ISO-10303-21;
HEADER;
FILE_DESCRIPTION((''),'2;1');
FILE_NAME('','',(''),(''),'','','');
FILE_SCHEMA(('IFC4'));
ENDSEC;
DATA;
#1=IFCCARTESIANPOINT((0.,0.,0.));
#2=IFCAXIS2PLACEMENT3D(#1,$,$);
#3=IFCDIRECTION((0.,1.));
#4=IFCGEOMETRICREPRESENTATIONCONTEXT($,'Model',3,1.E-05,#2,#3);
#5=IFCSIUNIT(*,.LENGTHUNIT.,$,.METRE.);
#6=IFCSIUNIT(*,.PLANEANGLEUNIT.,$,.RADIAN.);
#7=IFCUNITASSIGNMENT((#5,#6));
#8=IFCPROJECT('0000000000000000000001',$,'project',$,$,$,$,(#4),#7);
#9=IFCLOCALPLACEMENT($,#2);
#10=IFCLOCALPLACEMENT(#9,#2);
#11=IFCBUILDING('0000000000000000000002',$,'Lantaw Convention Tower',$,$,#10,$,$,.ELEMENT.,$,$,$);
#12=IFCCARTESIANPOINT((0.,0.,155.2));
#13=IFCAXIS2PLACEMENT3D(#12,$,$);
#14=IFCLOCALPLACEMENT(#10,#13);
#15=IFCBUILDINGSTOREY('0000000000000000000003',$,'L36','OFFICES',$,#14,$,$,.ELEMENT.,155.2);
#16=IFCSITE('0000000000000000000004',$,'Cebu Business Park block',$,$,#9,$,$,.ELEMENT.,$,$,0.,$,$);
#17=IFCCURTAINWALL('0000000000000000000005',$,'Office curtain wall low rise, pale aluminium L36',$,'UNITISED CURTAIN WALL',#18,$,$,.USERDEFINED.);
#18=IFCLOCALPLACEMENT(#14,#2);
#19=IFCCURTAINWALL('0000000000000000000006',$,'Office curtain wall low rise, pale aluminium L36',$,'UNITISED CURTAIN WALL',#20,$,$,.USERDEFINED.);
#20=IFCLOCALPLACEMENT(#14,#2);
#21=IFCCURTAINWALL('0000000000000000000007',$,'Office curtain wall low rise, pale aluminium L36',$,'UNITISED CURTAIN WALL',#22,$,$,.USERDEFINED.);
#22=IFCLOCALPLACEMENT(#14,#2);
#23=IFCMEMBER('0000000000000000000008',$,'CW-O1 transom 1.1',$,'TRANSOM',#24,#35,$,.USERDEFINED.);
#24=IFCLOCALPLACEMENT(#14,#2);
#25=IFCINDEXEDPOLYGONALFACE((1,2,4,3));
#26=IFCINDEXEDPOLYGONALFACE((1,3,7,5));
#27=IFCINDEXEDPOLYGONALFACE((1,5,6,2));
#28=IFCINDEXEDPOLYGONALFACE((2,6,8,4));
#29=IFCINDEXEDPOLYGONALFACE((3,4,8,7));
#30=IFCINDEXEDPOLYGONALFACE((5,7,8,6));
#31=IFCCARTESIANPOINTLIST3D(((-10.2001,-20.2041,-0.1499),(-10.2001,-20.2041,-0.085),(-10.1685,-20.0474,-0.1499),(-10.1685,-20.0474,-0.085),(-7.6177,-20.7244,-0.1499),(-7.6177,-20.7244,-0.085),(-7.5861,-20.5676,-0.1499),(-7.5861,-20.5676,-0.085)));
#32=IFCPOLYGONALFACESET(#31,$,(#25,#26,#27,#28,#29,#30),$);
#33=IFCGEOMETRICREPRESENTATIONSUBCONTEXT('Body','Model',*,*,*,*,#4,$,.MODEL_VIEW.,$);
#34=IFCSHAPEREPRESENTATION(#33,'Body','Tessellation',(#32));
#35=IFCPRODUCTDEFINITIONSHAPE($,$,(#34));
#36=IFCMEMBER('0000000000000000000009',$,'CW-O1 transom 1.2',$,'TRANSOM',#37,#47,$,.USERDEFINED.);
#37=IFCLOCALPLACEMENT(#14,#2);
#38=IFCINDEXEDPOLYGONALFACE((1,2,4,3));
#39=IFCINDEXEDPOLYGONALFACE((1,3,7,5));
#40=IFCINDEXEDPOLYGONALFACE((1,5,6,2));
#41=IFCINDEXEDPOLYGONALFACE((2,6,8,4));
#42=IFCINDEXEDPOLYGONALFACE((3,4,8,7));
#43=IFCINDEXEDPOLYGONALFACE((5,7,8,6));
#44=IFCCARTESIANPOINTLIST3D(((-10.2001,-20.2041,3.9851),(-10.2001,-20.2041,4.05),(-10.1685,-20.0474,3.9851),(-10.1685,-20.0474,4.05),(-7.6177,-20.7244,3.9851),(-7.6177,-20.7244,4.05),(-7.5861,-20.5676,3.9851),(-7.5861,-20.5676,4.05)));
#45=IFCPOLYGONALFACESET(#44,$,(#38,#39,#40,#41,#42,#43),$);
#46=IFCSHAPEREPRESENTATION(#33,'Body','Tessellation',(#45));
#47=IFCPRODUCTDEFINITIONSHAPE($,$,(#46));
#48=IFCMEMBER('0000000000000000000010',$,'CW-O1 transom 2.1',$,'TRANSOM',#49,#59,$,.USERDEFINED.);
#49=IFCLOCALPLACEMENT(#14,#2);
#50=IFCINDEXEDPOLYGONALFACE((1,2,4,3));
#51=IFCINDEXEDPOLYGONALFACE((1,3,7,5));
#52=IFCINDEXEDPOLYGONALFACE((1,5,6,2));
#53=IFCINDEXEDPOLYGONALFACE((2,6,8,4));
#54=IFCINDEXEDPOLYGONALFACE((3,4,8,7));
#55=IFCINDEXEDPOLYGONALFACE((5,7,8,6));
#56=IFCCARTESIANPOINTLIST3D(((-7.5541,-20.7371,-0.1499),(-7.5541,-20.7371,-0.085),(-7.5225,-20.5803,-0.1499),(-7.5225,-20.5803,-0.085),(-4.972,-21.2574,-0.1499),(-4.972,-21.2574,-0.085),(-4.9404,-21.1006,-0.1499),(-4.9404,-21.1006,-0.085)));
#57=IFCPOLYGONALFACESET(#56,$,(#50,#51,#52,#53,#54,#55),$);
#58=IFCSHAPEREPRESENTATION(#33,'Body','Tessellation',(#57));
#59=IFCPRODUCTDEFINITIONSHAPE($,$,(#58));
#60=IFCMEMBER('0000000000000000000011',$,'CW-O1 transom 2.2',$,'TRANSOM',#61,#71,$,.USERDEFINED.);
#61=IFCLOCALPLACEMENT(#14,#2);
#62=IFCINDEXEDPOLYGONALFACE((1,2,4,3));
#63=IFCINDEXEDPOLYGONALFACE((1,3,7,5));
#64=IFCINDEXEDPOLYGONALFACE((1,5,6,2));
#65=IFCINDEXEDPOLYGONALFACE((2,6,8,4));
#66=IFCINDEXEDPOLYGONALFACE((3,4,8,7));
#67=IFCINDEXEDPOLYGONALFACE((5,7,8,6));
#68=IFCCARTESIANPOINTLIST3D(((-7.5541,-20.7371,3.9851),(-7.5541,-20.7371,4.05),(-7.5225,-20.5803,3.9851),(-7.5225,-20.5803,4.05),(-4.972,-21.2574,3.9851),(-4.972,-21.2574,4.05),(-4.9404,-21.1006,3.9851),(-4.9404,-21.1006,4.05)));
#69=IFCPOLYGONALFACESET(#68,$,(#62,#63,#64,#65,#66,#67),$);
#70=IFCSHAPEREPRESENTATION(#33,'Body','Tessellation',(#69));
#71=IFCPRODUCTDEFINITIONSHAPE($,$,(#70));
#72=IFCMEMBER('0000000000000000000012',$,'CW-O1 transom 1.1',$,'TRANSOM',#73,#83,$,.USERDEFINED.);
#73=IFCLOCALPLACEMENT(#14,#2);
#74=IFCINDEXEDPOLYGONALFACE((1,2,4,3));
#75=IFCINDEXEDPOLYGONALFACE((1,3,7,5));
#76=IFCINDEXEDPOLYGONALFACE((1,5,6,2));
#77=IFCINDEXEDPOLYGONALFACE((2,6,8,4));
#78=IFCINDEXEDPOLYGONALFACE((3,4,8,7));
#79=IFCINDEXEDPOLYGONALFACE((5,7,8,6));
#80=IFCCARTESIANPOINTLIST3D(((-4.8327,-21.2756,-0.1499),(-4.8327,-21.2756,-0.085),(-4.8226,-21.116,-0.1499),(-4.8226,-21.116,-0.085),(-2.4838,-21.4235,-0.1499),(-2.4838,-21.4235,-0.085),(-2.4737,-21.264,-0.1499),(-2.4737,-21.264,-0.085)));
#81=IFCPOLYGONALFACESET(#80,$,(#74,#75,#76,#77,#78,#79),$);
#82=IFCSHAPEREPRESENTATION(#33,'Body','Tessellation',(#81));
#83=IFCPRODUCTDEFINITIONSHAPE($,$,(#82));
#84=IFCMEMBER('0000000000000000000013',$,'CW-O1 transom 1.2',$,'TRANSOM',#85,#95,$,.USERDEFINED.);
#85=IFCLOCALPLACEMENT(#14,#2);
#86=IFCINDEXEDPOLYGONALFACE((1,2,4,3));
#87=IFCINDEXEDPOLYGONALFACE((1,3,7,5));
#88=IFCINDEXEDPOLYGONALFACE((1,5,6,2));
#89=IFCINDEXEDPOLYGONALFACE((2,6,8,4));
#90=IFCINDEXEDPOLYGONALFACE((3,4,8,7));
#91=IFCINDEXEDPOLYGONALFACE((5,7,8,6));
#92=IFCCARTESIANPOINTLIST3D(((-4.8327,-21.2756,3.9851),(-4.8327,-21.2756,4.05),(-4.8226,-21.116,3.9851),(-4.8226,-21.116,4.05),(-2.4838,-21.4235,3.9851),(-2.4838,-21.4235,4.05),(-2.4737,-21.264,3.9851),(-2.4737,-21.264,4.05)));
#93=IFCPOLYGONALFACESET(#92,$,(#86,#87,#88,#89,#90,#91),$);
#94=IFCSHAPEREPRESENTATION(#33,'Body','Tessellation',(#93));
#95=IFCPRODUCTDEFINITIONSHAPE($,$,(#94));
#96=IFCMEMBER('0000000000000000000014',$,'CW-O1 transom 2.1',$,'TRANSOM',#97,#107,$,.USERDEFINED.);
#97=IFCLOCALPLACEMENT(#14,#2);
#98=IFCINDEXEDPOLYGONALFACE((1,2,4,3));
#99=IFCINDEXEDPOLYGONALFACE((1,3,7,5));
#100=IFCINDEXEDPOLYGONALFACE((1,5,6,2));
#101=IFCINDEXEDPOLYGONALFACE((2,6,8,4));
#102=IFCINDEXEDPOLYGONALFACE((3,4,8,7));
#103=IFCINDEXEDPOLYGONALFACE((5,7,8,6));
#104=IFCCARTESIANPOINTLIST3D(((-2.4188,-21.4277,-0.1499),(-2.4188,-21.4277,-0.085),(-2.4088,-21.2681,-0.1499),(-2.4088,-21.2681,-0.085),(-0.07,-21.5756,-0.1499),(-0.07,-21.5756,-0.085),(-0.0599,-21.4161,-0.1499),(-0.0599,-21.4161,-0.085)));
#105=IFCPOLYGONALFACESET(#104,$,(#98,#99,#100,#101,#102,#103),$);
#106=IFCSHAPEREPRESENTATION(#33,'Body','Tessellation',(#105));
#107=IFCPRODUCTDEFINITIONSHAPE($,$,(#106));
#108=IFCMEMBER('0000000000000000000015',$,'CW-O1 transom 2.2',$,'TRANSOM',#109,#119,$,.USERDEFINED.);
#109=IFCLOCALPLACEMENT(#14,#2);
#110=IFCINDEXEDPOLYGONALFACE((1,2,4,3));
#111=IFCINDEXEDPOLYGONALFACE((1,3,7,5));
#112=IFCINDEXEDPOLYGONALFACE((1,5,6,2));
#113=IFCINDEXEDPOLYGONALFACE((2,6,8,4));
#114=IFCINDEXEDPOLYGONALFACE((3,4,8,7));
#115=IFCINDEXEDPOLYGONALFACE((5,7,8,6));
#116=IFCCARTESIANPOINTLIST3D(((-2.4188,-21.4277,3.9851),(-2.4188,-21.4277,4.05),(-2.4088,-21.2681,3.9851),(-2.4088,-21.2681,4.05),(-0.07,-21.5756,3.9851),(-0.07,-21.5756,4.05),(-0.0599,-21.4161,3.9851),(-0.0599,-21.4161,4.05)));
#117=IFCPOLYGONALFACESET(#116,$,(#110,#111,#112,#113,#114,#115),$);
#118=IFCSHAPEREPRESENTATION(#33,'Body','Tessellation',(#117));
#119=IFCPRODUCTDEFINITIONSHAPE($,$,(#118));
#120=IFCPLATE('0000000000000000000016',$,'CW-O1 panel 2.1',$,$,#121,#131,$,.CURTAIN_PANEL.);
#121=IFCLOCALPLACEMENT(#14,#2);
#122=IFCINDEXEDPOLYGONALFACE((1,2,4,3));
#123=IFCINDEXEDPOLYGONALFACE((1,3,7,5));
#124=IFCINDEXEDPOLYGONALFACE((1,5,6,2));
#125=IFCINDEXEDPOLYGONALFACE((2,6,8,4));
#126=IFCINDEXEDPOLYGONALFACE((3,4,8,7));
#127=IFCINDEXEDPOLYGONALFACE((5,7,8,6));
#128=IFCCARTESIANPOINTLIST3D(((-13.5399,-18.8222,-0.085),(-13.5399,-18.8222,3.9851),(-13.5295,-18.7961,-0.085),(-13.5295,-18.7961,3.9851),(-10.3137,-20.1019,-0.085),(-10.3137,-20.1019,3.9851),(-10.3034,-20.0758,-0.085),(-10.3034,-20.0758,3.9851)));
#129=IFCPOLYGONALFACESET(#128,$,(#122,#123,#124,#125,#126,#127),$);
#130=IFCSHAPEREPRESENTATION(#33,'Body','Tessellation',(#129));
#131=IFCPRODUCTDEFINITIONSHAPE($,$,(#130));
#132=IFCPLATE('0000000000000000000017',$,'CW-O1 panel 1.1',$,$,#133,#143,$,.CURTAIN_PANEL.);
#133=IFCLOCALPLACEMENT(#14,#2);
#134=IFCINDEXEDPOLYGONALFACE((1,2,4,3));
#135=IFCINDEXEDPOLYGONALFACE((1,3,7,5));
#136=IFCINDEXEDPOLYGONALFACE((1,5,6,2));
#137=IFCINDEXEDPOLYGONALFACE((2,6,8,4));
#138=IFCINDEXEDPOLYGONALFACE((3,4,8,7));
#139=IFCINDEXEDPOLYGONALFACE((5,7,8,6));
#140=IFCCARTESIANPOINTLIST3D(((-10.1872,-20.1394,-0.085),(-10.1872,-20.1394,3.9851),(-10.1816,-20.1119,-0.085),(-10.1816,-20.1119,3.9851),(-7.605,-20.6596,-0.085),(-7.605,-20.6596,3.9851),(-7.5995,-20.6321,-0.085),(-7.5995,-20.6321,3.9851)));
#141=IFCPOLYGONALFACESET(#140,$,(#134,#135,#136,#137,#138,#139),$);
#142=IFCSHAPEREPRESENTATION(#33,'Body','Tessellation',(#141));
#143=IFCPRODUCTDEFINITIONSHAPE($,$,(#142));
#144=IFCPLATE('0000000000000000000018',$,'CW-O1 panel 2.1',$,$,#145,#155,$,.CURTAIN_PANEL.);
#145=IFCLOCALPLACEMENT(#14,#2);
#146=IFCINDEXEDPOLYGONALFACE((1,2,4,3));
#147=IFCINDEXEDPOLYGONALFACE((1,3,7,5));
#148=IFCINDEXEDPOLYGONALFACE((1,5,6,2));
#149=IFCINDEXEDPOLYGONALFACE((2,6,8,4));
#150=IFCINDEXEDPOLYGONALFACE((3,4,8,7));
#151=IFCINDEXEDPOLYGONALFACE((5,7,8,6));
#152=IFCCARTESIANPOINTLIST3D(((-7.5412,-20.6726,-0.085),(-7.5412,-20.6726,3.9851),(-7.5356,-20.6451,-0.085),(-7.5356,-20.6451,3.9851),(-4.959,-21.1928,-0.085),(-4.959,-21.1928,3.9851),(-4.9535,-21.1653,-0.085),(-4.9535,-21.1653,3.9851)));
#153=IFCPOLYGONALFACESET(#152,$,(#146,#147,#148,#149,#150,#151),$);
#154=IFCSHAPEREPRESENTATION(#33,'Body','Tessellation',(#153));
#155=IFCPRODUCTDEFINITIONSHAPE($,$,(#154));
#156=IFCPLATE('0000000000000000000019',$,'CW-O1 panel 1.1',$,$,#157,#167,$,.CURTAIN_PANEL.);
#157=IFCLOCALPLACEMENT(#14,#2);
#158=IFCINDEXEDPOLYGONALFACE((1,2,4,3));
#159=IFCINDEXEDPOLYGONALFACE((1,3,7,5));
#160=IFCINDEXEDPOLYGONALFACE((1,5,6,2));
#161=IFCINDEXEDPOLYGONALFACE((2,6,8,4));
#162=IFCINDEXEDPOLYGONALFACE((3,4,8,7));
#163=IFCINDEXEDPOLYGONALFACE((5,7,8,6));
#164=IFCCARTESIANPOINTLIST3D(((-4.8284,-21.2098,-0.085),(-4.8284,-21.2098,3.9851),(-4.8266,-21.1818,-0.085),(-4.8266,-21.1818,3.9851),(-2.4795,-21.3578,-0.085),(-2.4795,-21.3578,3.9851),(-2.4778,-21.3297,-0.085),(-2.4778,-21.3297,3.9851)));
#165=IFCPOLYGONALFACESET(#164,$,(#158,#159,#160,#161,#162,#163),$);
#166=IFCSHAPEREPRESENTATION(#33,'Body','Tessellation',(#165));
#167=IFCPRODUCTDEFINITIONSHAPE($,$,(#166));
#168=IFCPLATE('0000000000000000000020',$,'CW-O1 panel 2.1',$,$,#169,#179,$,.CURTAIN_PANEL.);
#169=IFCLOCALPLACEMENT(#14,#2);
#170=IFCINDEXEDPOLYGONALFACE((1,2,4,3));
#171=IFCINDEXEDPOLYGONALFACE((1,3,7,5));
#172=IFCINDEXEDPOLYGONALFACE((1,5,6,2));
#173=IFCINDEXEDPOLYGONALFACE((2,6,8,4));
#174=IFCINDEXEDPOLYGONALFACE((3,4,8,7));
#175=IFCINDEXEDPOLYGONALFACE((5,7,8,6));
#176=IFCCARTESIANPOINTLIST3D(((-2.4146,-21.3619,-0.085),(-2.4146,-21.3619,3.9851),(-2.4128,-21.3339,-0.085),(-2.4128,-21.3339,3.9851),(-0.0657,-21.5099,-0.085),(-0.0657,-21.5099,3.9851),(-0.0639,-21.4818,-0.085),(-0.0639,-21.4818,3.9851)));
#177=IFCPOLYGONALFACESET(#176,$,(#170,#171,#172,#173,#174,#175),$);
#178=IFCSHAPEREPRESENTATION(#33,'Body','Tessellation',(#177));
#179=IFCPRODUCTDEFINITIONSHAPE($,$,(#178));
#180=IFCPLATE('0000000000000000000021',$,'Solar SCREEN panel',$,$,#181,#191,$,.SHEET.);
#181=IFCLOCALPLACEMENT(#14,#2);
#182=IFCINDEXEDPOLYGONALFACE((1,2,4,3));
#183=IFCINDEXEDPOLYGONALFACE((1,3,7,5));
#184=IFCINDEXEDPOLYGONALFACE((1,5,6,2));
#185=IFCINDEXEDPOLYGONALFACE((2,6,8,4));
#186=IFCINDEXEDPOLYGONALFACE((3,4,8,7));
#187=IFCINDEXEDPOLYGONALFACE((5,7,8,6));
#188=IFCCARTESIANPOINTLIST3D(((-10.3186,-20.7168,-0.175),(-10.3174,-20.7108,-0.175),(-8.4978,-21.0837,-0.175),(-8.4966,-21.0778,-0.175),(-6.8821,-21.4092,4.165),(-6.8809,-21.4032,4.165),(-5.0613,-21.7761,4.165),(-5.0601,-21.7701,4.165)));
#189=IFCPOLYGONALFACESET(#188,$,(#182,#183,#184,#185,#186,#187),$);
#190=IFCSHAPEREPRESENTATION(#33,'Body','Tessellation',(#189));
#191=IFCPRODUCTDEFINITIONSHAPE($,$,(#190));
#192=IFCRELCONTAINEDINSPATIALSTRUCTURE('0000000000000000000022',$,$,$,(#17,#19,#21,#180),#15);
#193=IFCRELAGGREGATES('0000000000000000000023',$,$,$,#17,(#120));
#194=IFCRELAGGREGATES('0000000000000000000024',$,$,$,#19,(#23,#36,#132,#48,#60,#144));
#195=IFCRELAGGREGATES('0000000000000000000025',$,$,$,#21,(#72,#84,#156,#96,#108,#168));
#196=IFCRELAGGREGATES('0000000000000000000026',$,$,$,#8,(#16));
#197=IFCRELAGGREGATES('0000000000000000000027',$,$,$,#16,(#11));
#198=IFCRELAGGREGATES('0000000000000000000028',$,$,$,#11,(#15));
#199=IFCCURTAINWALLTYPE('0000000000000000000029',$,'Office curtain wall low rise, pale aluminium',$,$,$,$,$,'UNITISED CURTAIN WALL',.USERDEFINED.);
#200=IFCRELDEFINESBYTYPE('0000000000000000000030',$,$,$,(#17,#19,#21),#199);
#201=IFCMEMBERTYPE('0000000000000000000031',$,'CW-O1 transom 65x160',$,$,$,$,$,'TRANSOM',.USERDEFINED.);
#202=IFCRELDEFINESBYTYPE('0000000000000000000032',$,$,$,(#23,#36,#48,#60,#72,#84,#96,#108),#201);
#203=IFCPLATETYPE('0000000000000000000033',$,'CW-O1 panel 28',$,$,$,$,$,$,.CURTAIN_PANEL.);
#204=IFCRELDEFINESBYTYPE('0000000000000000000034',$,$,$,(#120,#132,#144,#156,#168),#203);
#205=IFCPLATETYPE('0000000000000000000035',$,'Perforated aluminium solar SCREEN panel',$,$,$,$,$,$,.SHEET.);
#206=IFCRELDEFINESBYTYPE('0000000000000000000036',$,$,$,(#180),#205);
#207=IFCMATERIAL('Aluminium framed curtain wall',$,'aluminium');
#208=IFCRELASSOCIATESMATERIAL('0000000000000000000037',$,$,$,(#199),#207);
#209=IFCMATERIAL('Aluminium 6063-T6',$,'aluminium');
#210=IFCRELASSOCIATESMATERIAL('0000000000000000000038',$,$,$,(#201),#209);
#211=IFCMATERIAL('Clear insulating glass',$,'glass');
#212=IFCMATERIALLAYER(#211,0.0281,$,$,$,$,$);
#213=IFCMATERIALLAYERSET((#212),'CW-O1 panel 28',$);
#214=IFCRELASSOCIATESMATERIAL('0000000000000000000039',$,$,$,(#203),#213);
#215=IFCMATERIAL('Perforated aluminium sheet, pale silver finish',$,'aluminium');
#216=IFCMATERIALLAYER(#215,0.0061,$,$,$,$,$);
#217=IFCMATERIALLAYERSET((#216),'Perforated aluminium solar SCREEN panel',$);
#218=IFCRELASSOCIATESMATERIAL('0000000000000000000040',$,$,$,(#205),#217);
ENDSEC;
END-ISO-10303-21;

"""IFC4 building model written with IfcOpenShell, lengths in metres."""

from ifc_helpers import new_model, si_unit, direction, frame, origin, origin_2d, place, context, subcontext, project, spatial, polyline, rectangle, outline, extrude, material, layer, layer_set, material_profile, profile_set, type_object, element, aggregate, save


model = new_model("IFC4")

# Units and contexts
model_context = context("Model", 3, precision=1e-05, world=origin(), true_north=direction((0.0, 1.0)))
body_context = subcontext(model_context, "Body", "Model", "MODEL_VIEW")
ifc_project = project(units=[si_unit("LENGTHUNIT", "METRE"), si_unit("PLANEANGLEUNIT", "RADIAN")], contexts=[model_context])

# Site, building, storey
site_placement = place(None, origin())
site = spatial("IfcSite", under=ifc_project, at=site_placement, Name="Cebu Business Park block", CompositionType="ELEMENT", RefElevation=0.0)
building_placement = place(site_placement, origin())
building = spatial("IfcBuilding", under=site, at=building_placement, Name="Lantaw Convention Tower", CompositionType="ELEMENT")
storey_placement = place(building_placement, frame((0.0, 0.0, 155.2)))
storey = spatial("IfcBuildingStorey", under=building, at=storey_placement, Name="L36", Description="OFFICES", CompositionType="ELEMENT", Elevation=155.2)

# Curtain wall
ifc_material_1 = material(Name="Aluminium framed curtain wall", Category="aluminium")
curtain_wall_type = type_object("IfcCurtainWallType", Name="Office curtain wall low rise, pale aluminium", ElementType="UNITISED CURTAIN WALL", PredefinedType="USERDEFINED", material=ifc_material_1)
curtain_wall_1_placement = place(storey_placement, origin())
curtain_wall_1 = element("IfcCurtainWall", 1, at=curtain_wall_1_placement, inside=storey, type_object=curtain_wall_type, Name="Office curtain wall low rise, pale aluminium L36", ObjectType="UNITISED CURTAIN WALL", PredefinedType="USERDEFINED")
ifc_material_2 = material(Name="Aluminium 6063-T6", Category="aluminium")

# Curtain walls
curtain_wall_2_placement = place(storey_placement, origin())
curtain_wall_2 = element("IfcCurtainWall", 2, at=curtain_wall_2_placement, inside=storey, type_object=curtain_wall_type, Name="Office curtain wall low rise, pale aluminium L36", ObjectType="UNITISED CURTAIN WALL", PredefinedType="USERDEFINED")
curtain_wall_3_placement = place(storey_placement, origin())
curtain_wall_3 = element("IfcCurtainWall", 3, at=curtain_wall_3_placement, inside=storey, type_object=curtain_wall_type, Name="Office curtain wall low rise, pale aluminium L36", ObjectType="UNITISED CURTAIN WALL", PredefinedType="USERDEFINED")

# Members
ifc_material_profile_1 = material_profile(ifc_material_2, rectangle(XDim=0.1599, YDim=0.0649, at=origin_2d()), Name="CW-O1 transom 65x160")
ifc_profile_set_1 = profile_set([ifc_material_profile_1], Name="Aluminium 6063-T6")
member_type_1 = type_object("IfcMemberType", Name="CW-O1 transom 65x160", ElementType="TRANSOM", PredefinedType="USERDEFINED", material=ifc_profile_set_1)
member_1_placement = place(storey_placement, frame((-10.1843, -20.1257, -0.1174), z_axis=(0.980302, -0.197506, 0.0), x_axis=(0.197506, 0.980302, 0.0)))
member_1 = element("IfcMember", 4, at=member_1_placement, type_object=member_type_1, Name="CW-O1 transom 1.1", ObjectType="TRANSOM", PredefinedType="USERDEFINED", context=body_context, shape_type="SweptSolid", body=[
    extrude(rectangle(XDim=0.1599, YDim=0.0649, at=origin_2d()), origin(), (0.0, 0.0, 1.0), 2.6343),
])
member_2_placement = place(storey_placement, frame((-10.1843, -20.1257, 4.0176), z_axis=(0.980302, -0.197506, 0.0), x_axis=(0.197506, 0.980302, 0.0)))
member_2 = element("IfcMember", 5, at=member_2_placement, type_object=member_type_1, Name="CW-O1 transom 1.2", ObjectType="TRANSOM", PredefinedType="USERDEFINED", context=body_context, shape_type="SweptSolid", body=[
    extrude(rectangle(XDim=0.1599, YDim=0.0649, at=origin_2d()), origin(), (0.0, 0.0, 1.0), 2.6343),
])
member_3_placement = place(storey_placement, frame((-7.5383, -20.6587, -0.1174), z_axis=(0.980298, -0.197524, 0.0), x_axis=(0.197524, 0.980298, 0.0)))
member_3 = element("IfcMember", 6, at=member_3_placement, type_object=member_type_1, Name="CW-O1 transom 2.1", ObjectType="TRANSOM", PredefinedType="USERDEFINED", context=body_context, shape_type="SweptSolid", body=[
    extrude(rectangle(XDim=0.1599, YDim=0.0649, at=origin_2d()), origin(), (0.0, 0.0, 1.0), 2.634),
])
member_4_placement = place(storey_placement, frame((-7.5383, -20.6587, 4.0176), z_axis=(0.980298, -0.197524, 0.0), x_axis=(0.197524, 0.980298, 0.0)))
member_4 = element("IfcMember", 7, at=member_4_placement, type_object=member_type_1, Name="CW-O1 transom 2.2", ObjectType="TRANSOM", PredefinedType="USERDEFINED", context=body_context, shape_type="SweptSolid", body=[
    extrude(rectangle(XDim=0.1599, YDim=0.0649, at=origin_2d()), origin(), (0.0, 0.0, 1.0), 2.634),
])
member_5_placement = place(storey_placement, frame((-4.8276, -21.1958, -0.1174), z_axis=(0.998022, -0.062863, 0.0), x_axis=(0.062863, 0.998022, 0.0)))
member_5 = element("IfcMember", 8, at=member_5_placement, type_object=member_type_1, Name="CW-O1 transom 1.1", ObjectType="TRANSOM", PredefinedType="USERDEFINED", context=body_context, shape_type="SweptSolid", body=[
    extrude(rectangle(XDim=0.1599, YDim=0.0649, at=origin_2d()), origin(), (0.0, 0.0, 1.0), 2.3535),
])
member_6_placement = place(storey_placement, frame((-4.8276, -21.1958, 4.0176), z_axis=(0.998022, -0.062863, 0.0), x_axis=(0.062863, 0.998022, 0.0)))
member_6 = element("IfcMember", 9, at=member_6_placement, type_object=member_type_1, Name="CW-O1 transom 1.2", ObjectType="TRANSOM", PredefinedType="USERDEFINED", context=body_context, shape_type="SweptSolid", body=[
    extrude(rectangle(XDim=0.1599, YDim=0.0649, at=origin_2d()), origin(), (0.0, 0.0, 1.0), 2.3535),
])
member_7_placement = place(storey_placement, frame((-2.4138, -21.3479, -0.1174), z_axis=(0.998022, -0.062863, 0.0), x_axis=(0.062863, 0.998022, 0.0)))
member_7 = element("IfcMember", 10, at=member_7_placement, type_object=member_type_1, Name="CW-O1 transom 2.1", ObjectType="TRANSOM", PredefinedType="USERDEFINED", context=body_context, shape_type="SweptSolid", body=[
    extrude(rectangle(XDim=0.1599, YDim=0.0649, at=origin_2d()), origin(), (0.0, 0.0, 1.0), 2.3535),
])
member_8_placement = place(storey_placement, frame((-2.4138, -21.3479, 4.0176), z_axis=(0.998022, -0.062863, 0.0), x_axis=(0.062863, 0.998022, 0.0)))
member_8 = element("IfcMember", 11, at=member_8_placement, type_object=member_type_1, Name="CW-O1 transom 2.2", ObjectType="TRANSOM", PredefinedType="USERDEFINED", context=body_context, shape_type="SweptSolid", body=[
    extrude(rectangle(XDim=0.1599, YDim=0.0649, at=origin_2d()), origin(), (0.0, 0.0, 1.0), 2.3535),
])

# Plates
ifc_material_3 = material(Name="Clear insulating glass", Category="glass")
ifc_layer_1 = layer(ifc_material_3, 0.0281)
ifc_layer_set_1 = layer_set([ifc_layer_1], Name="CW-O1 panel 28")
plate_type_1 = type_object("IfcPlateType", Name="CW-O1 panel 28", PredefinedType="CURTAIN_PANEL", material=ifc_layer_set_1)
plate_1_placement = place(storey_placement, frame((-11.9216, -19.449, -0.085), z_axis=(0.0, 0.0, 1.0), x_axis=(0.929548, -0.368702, 0.0)))
plate_1 = element("IfcPlate", 12, at=plate_1_placement, type_object=plate_type_1, Name="CW-O1 panel 2.1", PredefinedType="CURTAIN_PANEL", context=body_context, shape_type="SweptSolid", body=[
    extrude(rectangle(XDim=3.4707, YDim=0.0281, at=origin_2d()), origin(), (0.0, 0.0, 1.0), 4.0701),
])
aggregate(curtain_wall_1, [plate_1])
plate_2_placement = place(storey_placement, frame((-8.8933, -20.3857, -0.085), z_axis=(0.0, 0.0, 1.0), x_axis=(0.980302, -0.197507, 0.0)))
plate_2 = element("IfcPlate", 13, at=plate_2_placement, type_object=plate_type_1, Name="CW-O1 panel 1.1", PredefinedType="CURTAIN_PANEL", context=body_context, shape_type="SweptSolid", body=[
    extrude(rectangle(XDim=2.634, YDim=0.0281, at=origin_2d()), origin(), (0.0, 0.0, 1.0), 4.0701),
])
plate_3_placement = place(storey_placement, frame((-6.2473, -20.9189, -0.085), z_axis=(0.0, 0.0, 1.0), x_axis=(0.980302, -0.197507, 0.0)))
plate_3 = element("IfcPlate", 14, at=plate_3_placement, type_object=plate_type_1, Name="CW-O1 panel 2.1", PredefinedType="CURTAIN_PANEL", context=body_context, shape_type="SweptSolid", body=[
    extrude(rectangle(XDim=2.634, YDim=0.0281, at=origin_2d()), origin(), (0.0, 0.0, 1.0), 4.0701),
])
aggregate(curtain_wall_2, [member_1, member_2, plate_2, member_3, member_4, plate_3])
plate_4_placement = place(storey_placement, frame((-3.6531, -21.2698, -0.085), z_axis=(0.0, 0.0, 1.0), x_axis=(0.998022, -0.062865, 0.0)))
plate_4 = element("IfcPlate", 15, at=plate_4_placement, type_object=plate_type_1, Name="CW-O1 panel 1.1", PredefinedType="CURTAIN_PANEL", context=body_context, shape_type="SweptSolid", body=[
    extrude(rectangle(XDim=2.3535, YDim=0.0281, at=origin_2d()), origin(), (0.0, 0.0, 1.0), 4.0701),
])
plate_5_placement = place(storey_placement, frame((-1.2393, -21.4219, -0.085), z_axis=(0.0, 0.0, 1.0), x_axis=(0.998022, -0.062865, 0.0)))
plate_5 = element("IfcPlate", 16, at=plate_5_placement, type_object=plate_type_1, Name="CW-O1 panel 2.1", PredefinedType="CURTAIN_PANEL", context=body_context, shape_type="SweptSolid", body=[
    extrude(rectangle(XDim=2.3535, YDim=0.0281, at=origin_2d()), origin(), (0.0, 0.0, 1.0), 4.0701),
])
aggregate(curtain_wall_3, [member_5, member_6, plate_4, member_7, member_8, plate_5])

# Plate
ifc_material_4 = material(Name="Perforated aluminium sheet, pale silver finish", Category="aluminium")
ifc_layer_2 = layer(ifc_material_4, 0.0061)
ifc_layer_set_2 = layer_set([ifc_layer_2], Name="Perforated aluminium solar SCREEN panel")
plate_type_2 = type_object("IfcPlateType", Name="Perforated aluminium solar SCREEN panel", PredefinedType="SHEET", material=ifc_layer_set_2)
plate_6_placement = place(storey_placement, frame((-10.3186, -20.7168, -0.175), z_axis=(-0.197557, -0.980291, 0.000039), x_axis=(0.980291, -0.197557, 0.0)))
element("IfcPlate", 17, at=plate_6_placement, inside=storey, type_object=plate_type_2, Name="Solar SCREEN panel", PredefinedType="SHEET", context=body_context, shape_type="SweptSolid", body=[
    extrude(outline(polyline([(0.0, 0.0), (1.8574, 0.0), (5.363, 4.3401), (3.5056, 4.3401), (0.0, 0.0)])), origin(), (0.0, 0.0, -1.0), 0.0061),
])

save(model, "model.ifc")
